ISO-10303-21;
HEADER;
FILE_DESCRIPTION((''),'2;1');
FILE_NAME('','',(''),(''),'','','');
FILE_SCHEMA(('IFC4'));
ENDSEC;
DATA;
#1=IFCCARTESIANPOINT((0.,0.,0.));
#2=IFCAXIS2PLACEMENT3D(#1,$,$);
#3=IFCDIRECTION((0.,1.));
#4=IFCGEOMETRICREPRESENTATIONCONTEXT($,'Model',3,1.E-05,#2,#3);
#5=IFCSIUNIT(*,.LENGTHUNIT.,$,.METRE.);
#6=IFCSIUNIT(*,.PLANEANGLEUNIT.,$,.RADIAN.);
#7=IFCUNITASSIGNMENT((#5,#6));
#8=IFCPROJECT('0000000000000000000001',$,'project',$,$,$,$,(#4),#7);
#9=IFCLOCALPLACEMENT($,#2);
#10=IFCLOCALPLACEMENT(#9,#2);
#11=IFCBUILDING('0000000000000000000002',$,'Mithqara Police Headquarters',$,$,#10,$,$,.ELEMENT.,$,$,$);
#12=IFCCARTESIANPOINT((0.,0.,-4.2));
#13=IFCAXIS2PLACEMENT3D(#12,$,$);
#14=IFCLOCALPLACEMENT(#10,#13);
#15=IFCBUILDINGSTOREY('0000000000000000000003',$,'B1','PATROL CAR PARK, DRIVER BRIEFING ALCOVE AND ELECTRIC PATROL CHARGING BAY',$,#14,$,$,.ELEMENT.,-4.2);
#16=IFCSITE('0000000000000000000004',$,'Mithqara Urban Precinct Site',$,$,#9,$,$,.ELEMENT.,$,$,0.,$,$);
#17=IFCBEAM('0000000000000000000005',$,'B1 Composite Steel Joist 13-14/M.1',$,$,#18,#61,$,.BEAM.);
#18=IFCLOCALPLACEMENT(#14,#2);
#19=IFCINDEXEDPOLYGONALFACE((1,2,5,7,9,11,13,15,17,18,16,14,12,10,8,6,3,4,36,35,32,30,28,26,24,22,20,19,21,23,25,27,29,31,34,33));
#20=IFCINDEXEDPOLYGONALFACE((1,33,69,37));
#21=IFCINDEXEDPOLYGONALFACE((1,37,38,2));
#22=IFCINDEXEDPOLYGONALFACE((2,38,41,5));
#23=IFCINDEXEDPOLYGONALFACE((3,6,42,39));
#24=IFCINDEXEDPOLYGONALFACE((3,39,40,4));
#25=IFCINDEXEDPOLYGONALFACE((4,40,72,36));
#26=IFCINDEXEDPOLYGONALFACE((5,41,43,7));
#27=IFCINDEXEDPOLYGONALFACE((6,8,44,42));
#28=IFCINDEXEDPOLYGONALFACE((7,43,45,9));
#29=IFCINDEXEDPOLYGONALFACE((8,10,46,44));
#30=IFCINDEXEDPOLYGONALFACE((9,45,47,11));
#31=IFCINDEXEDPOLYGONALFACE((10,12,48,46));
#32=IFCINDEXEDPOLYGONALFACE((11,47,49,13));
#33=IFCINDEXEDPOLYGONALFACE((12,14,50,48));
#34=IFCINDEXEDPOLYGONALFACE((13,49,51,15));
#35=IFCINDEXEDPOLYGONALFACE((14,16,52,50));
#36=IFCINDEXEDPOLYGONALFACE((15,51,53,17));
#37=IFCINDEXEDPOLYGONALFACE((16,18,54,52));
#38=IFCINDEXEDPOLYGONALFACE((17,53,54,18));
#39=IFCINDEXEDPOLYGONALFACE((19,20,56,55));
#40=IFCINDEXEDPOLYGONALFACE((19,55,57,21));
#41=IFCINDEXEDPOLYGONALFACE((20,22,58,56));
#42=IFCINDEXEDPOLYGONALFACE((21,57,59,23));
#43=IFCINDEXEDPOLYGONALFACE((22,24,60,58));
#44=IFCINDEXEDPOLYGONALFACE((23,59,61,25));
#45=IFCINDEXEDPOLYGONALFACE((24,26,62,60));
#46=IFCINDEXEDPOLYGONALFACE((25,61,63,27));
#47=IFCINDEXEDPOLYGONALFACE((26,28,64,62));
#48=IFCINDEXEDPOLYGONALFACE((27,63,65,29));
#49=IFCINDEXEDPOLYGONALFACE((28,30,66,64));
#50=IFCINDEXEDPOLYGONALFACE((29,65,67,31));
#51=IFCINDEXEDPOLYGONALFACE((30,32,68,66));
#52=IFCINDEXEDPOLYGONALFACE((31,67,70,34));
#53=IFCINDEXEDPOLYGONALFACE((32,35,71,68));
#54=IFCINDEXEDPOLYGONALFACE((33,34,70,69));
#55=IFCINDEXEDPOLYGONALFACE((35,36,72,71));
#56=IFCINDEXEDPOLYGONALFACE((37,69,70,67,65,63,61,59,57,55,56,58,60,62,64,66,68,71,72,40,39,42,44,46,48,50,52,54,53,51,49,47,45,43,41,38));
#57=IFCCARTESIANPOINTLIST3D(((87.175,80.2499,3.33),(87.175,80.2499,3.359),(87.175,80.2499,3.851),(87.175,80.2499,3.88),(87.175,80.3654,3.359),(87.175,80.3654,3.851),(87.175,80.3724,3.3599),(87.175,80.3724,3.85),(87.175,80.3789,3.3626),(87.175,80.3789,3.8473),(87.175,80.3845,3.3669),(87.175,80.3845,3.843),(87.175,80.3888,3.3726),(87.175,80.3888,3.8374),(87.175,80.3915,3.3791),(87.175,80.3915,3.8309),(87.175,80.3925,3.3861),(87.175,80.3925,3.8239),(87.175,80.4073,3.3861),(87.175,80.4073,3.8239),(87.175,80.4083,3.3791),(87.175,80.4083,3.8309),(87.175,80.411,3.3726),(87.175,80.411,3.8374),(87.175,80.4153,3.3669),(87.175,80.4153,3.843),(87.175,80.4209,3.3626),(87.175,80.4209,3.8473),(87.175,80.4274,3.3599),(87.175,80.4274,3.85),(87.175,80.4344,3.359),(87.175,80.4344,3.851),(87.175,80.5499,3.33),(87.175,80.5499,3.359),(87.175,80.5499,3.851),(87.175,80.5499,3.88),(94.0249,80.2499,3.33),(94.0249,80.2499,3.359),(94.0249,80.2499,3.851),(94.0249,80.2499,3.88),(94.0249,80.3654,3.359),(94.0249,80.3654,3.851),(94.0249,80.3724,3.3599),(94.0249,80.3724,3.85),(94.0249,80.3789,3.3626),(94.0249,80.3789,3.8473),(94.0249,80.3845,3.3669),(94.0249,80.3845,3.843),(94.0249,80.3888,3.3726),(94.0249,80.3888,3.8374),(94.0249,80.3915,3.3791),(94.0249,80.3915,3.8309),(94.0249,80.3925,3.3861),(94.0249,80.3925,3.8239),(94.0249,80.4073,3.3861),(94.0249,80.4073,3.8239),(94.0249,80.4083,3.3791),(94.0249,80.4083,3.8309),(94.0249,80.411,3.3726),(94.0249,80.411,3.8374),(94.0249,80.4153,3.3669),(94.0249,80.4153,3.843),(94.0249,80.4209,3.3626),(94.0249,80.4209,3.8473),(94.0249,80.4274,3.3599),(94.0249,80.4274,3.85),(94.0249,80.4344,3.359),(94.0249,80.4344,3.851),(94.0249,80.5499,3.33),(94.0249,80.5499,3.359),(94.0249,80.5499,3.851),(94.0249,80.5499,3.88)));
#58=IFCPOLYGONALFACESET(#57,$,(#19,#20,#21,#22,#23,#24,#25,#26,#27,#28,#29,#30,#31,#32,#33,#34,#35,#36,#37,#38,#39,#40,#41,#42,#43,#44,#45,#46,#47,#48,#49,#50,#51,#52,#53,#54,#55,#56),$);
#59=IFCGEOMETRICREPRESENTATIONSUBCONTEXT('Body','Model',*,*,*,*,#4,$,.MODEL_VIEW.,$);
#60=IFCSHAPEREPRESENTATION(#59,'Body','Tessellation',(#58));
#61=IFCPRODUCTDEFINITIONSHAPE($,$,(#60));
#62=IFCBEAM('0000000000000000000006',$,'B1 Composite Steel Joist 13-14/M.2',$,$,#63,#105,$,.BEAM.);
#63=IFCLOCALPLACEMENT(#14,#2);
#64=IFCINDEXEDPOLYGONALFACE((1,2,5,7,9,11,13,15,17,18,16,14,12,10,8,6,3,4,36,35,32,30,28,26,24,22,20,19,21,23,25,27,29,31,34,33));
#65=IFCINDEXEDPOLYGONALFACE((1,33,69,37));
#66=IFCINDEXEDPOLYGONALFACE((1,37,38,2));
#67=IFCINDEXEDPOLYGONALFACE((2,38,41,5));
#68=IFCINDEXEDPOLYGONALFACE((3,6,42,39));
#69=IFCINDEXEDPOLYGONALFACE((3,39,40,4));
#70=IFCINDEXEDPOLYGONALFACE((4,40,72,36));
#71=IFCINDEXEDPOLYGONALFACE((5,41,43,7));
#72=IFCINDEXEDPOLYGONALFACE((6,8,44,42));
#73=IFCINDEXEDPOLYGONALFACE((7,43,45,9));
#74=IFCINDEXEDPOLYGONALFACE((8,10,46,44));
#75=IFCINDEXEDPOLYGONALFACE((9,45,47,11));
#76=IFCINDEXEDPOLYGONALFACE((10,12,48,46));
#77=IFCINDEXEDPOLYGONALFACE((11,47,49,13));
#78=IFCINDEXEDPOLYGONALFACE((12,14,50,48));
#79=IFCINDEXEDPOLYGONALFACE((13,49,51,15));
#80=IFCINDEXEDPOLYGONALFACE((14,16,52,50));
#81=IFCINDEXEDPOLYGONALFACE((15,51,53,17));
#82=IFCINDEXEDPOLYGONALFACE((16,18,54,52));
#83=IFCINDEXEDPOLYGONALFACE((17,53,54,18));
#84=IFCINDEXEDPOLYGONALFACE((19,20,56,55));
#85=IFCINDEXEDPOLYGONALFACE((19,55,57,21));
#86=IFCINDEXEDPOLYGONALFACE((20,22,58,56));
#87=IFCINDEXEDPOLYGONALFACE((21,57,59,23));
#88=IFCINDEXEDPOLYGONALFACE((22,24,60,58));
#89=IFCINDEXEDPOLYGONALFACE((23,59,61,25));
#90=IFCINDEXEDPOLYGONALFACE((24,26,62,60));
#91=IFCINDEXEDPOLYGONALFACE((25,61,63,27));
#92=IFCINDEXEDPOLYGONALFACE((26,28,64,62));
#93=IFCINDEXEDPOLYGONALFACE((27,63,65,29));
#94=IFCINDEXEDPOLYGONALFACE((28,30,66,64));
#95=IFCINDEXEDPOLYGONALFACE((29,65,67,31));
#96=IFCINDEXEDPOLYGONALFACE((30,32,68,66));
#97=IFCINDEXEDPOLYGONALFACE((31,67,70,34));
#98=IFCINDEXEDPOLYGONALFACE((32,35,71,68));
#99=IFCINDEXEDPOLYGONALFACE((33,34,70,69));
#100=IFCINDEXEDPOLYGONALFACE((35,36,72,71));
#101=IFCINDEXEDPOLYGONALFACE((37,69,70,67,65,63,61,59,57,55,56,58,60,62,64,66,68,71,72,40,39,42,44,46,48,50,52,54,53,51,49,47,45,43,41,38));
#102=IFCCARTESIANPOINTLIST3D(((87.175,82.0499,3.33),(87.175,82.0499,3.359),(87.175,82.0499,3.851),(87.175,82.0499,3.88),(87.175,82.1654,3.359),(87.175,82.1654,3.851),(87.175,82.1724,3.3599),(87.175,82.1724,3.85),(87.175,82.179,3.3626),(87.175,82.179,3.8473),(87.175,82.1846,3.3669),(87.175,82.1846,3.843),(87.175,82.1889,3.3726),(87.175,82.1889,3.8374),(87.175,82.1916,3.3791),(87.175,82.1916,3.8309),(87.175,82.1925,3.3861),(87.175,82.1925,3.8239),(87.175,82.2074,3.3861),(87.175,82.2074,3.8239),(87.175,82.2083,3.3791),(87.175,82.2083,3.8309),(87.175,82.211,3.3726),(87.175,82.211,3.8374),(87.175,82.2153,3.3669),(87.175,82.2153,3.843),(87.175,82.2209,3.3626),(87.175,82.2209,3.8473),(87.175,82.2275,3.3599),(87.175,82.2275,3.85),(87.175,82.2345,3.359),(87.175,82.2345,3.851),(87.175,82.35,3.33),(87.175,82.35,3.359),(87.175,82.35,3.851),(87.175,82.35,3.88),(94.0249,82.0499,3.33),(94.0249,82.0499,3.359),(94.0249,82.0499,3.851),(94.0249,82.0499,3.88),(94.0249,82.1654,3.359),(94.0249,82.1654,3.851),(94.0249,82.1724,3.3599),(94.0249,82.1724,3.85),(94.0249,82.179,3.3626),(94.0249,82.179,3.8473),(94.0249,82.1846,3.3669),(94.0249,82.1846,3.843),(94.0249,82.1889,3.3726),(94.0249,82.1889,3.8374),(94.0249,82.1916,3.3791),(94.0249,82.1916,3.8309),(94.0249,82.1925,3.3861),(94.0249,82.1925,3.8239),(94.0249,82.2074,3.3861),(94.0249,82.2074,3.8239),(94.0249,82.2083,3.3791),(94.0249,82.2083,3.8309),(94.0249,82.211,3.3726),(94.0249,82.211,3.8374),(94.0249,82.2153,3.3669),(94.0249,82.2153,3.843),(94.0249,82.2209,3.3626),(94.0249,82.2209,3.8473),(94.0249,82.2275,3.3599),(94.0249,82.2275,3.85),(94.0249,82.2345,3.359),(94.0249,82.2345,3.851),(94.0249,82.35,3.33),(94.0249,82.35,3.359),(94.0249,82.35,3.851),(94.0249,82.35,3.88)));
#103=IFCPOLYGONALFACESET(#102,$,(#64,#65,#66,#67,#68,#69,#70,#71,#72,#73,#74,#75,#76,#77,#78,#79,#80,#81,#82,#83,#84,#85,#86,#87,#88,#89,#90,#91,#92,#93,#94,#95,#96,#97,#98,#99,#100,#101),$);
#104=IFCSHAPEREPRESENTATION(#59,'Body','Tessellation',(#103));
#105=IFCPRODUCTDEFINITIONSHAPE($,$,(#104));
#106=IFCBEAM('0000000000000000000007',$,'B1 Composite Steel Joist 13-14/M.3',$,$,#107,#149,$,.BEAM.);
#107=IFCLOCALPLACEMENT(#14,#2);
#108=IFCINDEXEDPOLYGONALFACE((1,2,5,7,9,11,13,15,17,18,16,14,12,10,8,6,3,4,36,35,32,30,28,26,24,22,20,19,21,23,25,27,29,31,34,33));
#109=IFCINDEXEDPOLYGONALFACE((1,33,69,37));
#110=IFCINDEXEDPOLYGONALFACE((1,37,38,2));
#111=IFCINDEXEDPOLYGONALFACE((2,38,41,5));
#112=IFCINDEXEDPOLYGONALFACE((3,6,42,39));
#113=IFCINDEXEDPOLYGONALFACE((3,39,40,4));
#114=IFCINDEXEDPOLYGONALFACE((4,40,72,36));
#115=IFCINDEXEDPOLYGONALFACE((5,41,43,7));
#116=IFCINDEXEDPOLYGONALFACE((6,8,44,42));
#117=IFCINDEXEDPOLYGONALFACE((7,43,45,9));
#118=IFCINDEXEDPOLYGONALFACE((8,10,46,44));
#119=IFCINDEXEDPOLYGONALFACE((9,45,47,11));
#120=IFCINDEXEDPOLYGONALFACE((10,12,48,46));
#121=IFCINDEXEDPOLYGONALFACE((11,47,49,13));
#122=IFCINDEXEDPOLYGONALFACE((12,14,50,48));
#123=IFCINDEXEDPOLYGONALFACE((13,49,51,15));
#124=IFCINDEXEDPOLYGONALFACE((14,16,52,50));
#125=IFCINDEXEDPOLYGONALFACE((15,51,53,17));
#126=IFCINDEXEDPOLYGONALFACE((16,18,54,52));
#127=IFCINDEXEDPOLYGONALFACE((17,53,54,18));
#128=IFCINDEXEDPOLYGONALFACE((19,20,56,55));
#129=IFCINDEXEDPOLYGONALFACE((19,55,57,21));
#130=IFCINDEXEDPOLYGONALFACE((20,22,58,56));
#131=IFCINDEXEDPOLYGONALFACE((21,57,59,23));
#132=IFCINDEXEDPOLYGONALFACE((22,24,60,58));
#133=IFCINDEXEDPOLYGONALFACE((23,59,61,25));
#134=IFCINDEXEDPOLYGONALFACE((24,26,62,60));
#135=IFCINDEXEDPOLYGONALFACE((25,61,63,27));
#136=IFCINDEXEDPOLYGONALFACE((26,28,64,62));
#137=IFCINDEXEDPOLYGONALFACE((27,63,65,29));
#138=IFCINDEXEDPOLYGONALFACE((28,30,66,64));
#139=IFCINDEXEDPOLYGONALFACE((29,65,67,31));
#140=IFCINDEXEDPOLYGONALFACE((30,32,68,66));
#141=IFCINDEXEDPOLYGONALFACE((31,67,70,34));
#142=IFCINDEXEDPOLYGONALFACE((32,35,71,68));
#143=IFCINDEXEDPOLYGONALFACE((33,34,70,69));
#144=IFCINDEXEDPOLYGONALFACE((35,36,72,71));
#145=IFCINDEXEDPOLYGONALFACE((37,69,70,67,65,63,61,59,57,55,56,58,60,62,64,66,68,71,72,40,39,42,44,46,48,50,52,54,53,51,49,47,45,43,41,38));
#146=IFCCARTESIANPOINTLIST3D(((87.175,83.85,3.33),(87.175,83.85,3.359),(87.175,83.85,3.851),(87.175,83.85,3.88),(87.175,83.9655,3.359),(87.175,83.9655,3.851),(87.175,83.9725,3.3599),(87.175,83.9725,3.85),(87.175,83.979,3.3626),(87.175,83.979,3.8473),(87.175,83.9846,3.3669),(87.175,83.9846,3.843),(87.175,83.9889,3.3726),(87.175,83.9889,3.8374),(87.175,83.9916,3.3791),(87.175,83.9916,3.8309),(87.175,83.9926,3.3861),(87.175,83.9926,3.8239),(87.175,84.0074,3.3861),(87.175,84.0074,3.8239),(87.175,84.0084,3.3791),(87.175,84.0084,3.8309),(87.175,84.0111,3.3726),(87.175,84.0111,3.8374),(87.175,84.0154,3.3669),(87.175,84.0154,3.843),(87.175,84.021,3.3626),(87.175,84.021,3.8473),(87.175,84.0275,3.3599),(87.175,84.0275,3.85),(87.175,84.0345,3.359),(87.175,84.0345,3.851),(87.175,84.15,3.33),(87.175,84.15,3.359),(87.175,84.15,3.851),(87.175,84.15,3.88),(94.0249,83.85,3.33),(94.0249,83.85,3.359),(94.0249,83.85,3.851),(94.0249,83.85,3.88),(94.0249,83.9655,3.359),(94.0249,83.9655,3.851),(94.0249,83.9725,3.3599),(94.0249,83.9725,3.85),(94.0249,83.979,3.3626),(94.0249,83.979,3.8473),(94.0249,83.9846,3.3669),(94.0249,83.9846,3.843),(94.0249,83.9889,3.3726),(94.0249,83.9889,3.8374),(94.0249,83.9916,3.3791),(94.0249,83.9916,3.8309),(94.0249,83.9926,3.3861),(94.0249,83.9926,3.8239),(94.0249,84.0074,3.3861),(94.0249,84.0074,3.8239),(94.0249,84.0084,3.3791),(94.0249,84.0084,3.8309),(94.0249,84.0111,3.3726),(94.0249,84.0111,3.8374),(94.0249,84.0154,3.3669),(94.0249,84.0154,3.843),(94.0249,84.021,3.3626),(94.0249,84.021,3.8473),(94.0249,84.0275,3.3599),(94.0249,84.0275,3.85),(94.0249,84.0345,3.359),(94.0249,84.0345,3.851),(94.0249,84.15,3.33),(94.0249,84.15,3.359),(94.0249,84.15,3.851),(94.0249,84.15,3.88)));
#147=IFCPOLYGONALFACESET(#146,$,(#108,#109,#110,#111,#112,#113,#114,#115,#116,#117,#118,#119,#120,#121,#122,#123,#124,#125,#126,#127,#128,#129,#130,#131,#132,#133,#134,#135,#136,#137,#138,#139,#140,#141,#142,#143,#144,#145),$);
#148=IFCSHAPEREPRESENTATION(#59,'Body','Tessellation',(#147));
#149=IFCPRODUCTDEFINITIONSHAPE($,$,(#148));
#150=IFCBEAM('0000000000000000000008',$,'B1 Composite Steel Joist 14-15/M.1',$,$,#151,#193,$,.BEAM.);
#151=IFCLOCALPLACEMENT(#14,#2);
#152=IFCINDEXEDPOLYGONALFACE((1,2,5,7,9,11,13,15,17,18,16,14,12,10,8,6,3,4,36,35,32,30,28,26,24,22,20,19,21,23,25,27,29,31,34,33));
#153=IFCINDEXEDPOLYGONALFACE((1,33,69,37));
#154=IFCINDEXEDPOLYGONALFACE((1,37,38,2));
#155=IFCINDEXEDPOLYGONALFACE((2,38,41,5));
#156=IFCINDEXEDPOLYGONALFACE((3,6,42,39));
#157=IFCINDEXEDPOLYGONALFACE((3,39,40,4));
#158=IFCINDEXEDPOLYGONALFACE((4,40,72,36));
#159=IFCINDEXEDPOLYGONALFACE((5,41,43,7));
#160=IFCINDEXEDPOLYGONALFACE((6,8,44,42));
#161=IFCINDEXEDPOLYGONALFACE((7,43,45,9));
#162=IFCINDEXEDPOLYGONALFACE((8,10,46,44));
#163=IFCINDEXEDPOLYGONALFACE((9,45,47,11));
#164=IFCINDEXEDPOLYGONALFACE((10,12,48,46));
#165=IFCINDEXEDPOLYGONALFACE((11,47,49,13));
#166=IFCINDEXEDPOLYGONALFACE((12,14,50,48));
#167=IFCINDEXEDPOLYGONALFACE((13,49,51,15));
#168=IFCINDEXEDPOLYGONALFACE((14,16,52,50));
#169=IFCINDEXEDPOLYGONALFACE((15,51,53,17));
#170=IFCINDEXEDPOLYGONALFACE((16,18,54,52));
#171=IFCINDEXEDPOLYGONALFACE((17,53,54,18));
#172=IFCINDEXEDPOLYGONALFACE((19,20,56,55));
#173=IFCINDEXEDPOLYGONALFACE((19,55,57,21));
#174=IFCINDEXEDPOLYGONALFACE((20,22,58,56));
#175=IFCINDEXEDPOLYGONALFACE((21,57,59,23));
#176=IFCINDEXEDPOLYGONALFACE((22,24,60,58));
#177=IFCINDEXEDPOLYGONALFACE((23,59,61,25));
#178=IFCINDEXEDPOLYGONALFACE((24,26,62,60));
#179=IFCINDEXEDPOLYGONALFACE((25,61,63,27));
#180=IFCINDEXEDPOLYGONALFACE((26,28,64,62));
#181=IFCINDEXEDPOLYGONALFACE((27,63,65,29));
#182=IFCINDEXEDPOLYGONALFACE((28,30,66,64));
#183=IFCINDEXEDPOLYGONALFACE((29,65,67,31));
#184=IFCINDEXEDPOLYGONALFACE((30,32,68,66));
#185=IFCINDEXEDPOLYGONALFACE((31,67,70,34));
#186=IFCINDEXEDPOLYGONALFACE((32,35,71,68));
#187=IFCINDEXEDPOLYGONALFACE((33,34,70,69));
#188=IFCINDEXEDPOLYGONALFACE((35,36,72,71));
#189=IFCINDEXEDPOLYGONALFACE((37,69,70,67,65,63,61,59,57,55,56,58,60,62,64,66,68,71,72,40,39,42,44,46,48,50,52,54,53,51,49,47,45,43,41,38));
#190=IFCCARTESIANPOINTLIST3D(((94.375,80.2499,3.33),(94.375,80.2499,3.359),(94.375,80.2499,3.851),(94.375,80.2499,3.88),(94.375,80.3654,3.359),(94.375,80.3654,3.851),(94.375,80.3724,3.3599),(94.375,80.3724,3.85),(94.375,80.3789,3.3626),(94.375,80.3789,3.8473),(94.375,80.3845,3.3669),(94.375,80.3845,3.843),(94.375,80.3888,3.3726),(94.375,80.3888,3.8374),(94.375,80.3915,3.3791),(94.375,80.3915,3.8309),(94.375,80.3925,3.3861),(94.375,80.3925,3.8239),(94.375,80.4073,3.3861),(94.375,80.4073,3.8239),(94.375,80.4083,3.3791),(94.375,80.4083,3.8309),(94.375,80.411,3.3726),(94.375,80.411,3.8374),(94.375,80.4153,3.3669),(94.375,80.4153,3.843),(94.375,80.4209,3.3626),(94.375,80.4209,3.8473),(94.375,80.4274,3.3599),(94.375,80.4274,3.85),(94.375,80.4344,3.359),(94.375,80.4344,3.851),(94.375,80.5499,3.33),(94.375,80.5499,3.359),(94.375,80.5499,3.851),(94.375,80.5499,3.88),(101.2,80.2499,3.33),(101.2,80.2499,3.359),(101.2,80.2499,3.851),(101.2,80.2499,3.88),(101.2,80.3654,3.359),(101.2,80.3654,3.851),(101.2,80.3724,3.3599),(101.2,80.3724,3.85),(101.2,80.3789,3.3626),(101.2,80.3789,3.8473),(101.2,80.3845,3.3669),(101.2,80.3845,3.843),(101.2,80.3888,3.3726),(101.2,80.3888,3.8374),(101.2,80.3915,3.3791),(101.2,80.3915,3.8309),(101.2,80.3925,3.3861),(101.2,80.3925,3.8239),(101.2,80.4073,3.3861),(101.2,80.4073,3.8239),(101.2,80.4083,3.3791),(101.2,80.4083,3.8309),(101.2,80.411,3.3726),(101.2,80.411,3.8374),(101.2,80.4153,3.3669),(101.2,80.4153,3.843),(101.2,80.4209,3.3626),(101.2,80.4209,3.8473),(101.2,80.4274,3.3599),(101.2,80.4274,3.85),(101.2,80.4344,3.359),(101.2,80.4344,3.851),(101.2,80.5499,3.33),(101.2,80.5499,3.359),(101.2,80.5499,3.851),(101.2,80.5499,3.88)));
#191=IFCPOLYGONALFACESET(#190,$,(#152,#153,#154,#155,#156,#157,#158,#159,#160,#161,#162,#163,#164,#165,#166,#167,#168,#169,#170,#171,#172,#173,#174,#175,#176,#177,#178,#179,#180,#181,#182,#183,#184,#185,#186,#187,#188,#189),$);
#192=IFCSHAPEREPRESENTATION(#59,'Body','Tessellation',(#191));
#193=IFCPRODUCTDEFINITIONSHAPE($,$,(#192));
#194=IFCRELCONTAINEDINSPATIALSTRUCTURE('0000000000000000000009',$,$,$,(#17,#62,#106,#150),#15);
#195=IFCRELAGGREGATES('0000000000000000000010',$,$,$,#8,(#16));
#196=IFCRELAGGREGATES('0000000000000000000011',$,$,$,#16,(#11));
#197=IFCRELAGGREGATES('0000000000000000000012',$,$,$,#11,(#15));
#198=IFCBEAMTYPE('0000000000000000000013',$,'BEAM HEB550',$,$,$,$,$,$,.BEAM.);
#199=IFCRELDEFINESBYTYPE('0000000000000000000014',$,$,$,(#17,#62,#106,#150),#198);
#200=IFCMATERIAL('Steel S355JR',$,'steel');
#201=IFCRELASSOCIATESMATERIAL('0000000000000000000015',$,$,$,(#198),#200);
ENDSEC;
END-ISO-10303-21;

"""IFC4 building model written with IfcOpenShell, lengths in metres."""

from ifc_helpers import new_model, si_unit, direction, frame, origin, origin_2d, place, context, subcontext, project, spatial, i_section, extrude, material, material_profile, profile_set, type_object, element, save


model = new_model("IFC4")

# Units and contexts
model_context = context("Model", 3, precision=1e-05, world=origin(), true_north=direction((0.0, 1.0)))
body_context = subcontext(model_context, "Body", "Model", "MODEL_VIEW")
ifc_project = project(units=[si_unit("LENGTHUNIT", "METRE"), si_unit("PLANEANGLEUNIT", "RADIAN")], contexts=[model_context])

# Site, building, storey
site_placement = place(None, origin())
site = spatial("IfcSite", under=ifc_project, at=site_placement, Name="Mithqara Urban Precinct Site", CompositionType="ELEMENT", RefElevation=0.0)
building_placement = place(site_placement, origin())
building = spatial("IfcBuilding", under=site, at=building_placement, Name="Mithqara Police Headquarters", CompositionType="ELEMENT")
storey_placement = place(building_placement, frame((0.0, 0.0, -4.2)))
storey = spatial("IfcBuildingStorey", under=building, at=storey_placement, Name="B1", Description="PATROL CAR PARK, DRIVER BRIEFING ALCOVE AND ELECTRIC PATROL CHARGING BAY", CompositionType="ELEMENT", Elevation=-4.2)

# Beams
ifc_material_1 = material(Name="Steel S355JR", Category="steel")
ifc_material_profile_1 = material_profile(ifc_material_1, i_section(OverallWidth=0.3, OverallDepth=0.55, WebThickness=0.0149, FlangeThickness=0.0291, FilletRadius=0.0271, at=origin_2d()), Name="HEB 550")
ifc_profile_set_1 = profile_set([ifc_material_profile_1], Name="Steel S355JR")
beam_type_1 = type_object("IfcBeamType", Name="BEAM HEB550", PredefinedType="BEAM", material=ifc_profile_set_1)
for number, where, z_axis, x_axis, name in (
    (1, (87.175, 80.3999, 3.605), (1.0, 0.0, 0.0), (0.0, 1.0, 0.0), "B1 Composite Steel Joist 13-14/M.1"),
    (2, (87.175, 82.2, 3.605), (1.0, 0.0, 0.0), (0.0, 1.0, 0.0), "B1 Composite Steel Joist 13-14/M.2"),
    (3, (87.175, 84.0, 3.605), (1.0, 0.0, 0.0), (0.0, 1.0, 0.0), "B1 Composite Steel Joist 13-14/M.3"),
):
    element("IfcBeam", number, at=place(storey_placement, frame(where, z_axis=z_axis, x_axis=x_axis)), inside=storey, type_object=beam_type_1, Name=name, PredefinedType="BEAM", context=body_context, shape_type="SweptSolid", body=[
        extrude(i_section(OverallWidth=0.3, OverallDepth=0.55, WebThickness=0.0149, FlangeThickness=0.0291, FilletRadius=0.0271, at=origin_2d()), origin(), (0.0, 0.0, 1.0), 6.8499),
    ])
for number, where, z_axis, x_axis, name in (
    (4, (94.375, 80.3999, 3.605), (1.0, 0.0, 0.0), (0.0, 1.0, 0.0), "B1 Composite Steel Joist 14-15/M.1"),
):
    element("IfcBeam", number, at=place(storey_placement, frame(where, z_axis=z_axis, x_axis=x_axis)), inside=storey, type_object=beam_type_1, Name=name, PredefinedType="BEAM", context=body_context, shape_type="SweptSolid", body=[
        extrude(i_section(OverallWidth=0.3, OverallDepth=0.55, WebThickness=0.0149, FlangeThickness=0.0291, FilletRadius=0.0271, at=origin_2d()), origin(), (0.0, 0.0, 1.0), 6.825),
    ])

save(model, "model.ifc")
